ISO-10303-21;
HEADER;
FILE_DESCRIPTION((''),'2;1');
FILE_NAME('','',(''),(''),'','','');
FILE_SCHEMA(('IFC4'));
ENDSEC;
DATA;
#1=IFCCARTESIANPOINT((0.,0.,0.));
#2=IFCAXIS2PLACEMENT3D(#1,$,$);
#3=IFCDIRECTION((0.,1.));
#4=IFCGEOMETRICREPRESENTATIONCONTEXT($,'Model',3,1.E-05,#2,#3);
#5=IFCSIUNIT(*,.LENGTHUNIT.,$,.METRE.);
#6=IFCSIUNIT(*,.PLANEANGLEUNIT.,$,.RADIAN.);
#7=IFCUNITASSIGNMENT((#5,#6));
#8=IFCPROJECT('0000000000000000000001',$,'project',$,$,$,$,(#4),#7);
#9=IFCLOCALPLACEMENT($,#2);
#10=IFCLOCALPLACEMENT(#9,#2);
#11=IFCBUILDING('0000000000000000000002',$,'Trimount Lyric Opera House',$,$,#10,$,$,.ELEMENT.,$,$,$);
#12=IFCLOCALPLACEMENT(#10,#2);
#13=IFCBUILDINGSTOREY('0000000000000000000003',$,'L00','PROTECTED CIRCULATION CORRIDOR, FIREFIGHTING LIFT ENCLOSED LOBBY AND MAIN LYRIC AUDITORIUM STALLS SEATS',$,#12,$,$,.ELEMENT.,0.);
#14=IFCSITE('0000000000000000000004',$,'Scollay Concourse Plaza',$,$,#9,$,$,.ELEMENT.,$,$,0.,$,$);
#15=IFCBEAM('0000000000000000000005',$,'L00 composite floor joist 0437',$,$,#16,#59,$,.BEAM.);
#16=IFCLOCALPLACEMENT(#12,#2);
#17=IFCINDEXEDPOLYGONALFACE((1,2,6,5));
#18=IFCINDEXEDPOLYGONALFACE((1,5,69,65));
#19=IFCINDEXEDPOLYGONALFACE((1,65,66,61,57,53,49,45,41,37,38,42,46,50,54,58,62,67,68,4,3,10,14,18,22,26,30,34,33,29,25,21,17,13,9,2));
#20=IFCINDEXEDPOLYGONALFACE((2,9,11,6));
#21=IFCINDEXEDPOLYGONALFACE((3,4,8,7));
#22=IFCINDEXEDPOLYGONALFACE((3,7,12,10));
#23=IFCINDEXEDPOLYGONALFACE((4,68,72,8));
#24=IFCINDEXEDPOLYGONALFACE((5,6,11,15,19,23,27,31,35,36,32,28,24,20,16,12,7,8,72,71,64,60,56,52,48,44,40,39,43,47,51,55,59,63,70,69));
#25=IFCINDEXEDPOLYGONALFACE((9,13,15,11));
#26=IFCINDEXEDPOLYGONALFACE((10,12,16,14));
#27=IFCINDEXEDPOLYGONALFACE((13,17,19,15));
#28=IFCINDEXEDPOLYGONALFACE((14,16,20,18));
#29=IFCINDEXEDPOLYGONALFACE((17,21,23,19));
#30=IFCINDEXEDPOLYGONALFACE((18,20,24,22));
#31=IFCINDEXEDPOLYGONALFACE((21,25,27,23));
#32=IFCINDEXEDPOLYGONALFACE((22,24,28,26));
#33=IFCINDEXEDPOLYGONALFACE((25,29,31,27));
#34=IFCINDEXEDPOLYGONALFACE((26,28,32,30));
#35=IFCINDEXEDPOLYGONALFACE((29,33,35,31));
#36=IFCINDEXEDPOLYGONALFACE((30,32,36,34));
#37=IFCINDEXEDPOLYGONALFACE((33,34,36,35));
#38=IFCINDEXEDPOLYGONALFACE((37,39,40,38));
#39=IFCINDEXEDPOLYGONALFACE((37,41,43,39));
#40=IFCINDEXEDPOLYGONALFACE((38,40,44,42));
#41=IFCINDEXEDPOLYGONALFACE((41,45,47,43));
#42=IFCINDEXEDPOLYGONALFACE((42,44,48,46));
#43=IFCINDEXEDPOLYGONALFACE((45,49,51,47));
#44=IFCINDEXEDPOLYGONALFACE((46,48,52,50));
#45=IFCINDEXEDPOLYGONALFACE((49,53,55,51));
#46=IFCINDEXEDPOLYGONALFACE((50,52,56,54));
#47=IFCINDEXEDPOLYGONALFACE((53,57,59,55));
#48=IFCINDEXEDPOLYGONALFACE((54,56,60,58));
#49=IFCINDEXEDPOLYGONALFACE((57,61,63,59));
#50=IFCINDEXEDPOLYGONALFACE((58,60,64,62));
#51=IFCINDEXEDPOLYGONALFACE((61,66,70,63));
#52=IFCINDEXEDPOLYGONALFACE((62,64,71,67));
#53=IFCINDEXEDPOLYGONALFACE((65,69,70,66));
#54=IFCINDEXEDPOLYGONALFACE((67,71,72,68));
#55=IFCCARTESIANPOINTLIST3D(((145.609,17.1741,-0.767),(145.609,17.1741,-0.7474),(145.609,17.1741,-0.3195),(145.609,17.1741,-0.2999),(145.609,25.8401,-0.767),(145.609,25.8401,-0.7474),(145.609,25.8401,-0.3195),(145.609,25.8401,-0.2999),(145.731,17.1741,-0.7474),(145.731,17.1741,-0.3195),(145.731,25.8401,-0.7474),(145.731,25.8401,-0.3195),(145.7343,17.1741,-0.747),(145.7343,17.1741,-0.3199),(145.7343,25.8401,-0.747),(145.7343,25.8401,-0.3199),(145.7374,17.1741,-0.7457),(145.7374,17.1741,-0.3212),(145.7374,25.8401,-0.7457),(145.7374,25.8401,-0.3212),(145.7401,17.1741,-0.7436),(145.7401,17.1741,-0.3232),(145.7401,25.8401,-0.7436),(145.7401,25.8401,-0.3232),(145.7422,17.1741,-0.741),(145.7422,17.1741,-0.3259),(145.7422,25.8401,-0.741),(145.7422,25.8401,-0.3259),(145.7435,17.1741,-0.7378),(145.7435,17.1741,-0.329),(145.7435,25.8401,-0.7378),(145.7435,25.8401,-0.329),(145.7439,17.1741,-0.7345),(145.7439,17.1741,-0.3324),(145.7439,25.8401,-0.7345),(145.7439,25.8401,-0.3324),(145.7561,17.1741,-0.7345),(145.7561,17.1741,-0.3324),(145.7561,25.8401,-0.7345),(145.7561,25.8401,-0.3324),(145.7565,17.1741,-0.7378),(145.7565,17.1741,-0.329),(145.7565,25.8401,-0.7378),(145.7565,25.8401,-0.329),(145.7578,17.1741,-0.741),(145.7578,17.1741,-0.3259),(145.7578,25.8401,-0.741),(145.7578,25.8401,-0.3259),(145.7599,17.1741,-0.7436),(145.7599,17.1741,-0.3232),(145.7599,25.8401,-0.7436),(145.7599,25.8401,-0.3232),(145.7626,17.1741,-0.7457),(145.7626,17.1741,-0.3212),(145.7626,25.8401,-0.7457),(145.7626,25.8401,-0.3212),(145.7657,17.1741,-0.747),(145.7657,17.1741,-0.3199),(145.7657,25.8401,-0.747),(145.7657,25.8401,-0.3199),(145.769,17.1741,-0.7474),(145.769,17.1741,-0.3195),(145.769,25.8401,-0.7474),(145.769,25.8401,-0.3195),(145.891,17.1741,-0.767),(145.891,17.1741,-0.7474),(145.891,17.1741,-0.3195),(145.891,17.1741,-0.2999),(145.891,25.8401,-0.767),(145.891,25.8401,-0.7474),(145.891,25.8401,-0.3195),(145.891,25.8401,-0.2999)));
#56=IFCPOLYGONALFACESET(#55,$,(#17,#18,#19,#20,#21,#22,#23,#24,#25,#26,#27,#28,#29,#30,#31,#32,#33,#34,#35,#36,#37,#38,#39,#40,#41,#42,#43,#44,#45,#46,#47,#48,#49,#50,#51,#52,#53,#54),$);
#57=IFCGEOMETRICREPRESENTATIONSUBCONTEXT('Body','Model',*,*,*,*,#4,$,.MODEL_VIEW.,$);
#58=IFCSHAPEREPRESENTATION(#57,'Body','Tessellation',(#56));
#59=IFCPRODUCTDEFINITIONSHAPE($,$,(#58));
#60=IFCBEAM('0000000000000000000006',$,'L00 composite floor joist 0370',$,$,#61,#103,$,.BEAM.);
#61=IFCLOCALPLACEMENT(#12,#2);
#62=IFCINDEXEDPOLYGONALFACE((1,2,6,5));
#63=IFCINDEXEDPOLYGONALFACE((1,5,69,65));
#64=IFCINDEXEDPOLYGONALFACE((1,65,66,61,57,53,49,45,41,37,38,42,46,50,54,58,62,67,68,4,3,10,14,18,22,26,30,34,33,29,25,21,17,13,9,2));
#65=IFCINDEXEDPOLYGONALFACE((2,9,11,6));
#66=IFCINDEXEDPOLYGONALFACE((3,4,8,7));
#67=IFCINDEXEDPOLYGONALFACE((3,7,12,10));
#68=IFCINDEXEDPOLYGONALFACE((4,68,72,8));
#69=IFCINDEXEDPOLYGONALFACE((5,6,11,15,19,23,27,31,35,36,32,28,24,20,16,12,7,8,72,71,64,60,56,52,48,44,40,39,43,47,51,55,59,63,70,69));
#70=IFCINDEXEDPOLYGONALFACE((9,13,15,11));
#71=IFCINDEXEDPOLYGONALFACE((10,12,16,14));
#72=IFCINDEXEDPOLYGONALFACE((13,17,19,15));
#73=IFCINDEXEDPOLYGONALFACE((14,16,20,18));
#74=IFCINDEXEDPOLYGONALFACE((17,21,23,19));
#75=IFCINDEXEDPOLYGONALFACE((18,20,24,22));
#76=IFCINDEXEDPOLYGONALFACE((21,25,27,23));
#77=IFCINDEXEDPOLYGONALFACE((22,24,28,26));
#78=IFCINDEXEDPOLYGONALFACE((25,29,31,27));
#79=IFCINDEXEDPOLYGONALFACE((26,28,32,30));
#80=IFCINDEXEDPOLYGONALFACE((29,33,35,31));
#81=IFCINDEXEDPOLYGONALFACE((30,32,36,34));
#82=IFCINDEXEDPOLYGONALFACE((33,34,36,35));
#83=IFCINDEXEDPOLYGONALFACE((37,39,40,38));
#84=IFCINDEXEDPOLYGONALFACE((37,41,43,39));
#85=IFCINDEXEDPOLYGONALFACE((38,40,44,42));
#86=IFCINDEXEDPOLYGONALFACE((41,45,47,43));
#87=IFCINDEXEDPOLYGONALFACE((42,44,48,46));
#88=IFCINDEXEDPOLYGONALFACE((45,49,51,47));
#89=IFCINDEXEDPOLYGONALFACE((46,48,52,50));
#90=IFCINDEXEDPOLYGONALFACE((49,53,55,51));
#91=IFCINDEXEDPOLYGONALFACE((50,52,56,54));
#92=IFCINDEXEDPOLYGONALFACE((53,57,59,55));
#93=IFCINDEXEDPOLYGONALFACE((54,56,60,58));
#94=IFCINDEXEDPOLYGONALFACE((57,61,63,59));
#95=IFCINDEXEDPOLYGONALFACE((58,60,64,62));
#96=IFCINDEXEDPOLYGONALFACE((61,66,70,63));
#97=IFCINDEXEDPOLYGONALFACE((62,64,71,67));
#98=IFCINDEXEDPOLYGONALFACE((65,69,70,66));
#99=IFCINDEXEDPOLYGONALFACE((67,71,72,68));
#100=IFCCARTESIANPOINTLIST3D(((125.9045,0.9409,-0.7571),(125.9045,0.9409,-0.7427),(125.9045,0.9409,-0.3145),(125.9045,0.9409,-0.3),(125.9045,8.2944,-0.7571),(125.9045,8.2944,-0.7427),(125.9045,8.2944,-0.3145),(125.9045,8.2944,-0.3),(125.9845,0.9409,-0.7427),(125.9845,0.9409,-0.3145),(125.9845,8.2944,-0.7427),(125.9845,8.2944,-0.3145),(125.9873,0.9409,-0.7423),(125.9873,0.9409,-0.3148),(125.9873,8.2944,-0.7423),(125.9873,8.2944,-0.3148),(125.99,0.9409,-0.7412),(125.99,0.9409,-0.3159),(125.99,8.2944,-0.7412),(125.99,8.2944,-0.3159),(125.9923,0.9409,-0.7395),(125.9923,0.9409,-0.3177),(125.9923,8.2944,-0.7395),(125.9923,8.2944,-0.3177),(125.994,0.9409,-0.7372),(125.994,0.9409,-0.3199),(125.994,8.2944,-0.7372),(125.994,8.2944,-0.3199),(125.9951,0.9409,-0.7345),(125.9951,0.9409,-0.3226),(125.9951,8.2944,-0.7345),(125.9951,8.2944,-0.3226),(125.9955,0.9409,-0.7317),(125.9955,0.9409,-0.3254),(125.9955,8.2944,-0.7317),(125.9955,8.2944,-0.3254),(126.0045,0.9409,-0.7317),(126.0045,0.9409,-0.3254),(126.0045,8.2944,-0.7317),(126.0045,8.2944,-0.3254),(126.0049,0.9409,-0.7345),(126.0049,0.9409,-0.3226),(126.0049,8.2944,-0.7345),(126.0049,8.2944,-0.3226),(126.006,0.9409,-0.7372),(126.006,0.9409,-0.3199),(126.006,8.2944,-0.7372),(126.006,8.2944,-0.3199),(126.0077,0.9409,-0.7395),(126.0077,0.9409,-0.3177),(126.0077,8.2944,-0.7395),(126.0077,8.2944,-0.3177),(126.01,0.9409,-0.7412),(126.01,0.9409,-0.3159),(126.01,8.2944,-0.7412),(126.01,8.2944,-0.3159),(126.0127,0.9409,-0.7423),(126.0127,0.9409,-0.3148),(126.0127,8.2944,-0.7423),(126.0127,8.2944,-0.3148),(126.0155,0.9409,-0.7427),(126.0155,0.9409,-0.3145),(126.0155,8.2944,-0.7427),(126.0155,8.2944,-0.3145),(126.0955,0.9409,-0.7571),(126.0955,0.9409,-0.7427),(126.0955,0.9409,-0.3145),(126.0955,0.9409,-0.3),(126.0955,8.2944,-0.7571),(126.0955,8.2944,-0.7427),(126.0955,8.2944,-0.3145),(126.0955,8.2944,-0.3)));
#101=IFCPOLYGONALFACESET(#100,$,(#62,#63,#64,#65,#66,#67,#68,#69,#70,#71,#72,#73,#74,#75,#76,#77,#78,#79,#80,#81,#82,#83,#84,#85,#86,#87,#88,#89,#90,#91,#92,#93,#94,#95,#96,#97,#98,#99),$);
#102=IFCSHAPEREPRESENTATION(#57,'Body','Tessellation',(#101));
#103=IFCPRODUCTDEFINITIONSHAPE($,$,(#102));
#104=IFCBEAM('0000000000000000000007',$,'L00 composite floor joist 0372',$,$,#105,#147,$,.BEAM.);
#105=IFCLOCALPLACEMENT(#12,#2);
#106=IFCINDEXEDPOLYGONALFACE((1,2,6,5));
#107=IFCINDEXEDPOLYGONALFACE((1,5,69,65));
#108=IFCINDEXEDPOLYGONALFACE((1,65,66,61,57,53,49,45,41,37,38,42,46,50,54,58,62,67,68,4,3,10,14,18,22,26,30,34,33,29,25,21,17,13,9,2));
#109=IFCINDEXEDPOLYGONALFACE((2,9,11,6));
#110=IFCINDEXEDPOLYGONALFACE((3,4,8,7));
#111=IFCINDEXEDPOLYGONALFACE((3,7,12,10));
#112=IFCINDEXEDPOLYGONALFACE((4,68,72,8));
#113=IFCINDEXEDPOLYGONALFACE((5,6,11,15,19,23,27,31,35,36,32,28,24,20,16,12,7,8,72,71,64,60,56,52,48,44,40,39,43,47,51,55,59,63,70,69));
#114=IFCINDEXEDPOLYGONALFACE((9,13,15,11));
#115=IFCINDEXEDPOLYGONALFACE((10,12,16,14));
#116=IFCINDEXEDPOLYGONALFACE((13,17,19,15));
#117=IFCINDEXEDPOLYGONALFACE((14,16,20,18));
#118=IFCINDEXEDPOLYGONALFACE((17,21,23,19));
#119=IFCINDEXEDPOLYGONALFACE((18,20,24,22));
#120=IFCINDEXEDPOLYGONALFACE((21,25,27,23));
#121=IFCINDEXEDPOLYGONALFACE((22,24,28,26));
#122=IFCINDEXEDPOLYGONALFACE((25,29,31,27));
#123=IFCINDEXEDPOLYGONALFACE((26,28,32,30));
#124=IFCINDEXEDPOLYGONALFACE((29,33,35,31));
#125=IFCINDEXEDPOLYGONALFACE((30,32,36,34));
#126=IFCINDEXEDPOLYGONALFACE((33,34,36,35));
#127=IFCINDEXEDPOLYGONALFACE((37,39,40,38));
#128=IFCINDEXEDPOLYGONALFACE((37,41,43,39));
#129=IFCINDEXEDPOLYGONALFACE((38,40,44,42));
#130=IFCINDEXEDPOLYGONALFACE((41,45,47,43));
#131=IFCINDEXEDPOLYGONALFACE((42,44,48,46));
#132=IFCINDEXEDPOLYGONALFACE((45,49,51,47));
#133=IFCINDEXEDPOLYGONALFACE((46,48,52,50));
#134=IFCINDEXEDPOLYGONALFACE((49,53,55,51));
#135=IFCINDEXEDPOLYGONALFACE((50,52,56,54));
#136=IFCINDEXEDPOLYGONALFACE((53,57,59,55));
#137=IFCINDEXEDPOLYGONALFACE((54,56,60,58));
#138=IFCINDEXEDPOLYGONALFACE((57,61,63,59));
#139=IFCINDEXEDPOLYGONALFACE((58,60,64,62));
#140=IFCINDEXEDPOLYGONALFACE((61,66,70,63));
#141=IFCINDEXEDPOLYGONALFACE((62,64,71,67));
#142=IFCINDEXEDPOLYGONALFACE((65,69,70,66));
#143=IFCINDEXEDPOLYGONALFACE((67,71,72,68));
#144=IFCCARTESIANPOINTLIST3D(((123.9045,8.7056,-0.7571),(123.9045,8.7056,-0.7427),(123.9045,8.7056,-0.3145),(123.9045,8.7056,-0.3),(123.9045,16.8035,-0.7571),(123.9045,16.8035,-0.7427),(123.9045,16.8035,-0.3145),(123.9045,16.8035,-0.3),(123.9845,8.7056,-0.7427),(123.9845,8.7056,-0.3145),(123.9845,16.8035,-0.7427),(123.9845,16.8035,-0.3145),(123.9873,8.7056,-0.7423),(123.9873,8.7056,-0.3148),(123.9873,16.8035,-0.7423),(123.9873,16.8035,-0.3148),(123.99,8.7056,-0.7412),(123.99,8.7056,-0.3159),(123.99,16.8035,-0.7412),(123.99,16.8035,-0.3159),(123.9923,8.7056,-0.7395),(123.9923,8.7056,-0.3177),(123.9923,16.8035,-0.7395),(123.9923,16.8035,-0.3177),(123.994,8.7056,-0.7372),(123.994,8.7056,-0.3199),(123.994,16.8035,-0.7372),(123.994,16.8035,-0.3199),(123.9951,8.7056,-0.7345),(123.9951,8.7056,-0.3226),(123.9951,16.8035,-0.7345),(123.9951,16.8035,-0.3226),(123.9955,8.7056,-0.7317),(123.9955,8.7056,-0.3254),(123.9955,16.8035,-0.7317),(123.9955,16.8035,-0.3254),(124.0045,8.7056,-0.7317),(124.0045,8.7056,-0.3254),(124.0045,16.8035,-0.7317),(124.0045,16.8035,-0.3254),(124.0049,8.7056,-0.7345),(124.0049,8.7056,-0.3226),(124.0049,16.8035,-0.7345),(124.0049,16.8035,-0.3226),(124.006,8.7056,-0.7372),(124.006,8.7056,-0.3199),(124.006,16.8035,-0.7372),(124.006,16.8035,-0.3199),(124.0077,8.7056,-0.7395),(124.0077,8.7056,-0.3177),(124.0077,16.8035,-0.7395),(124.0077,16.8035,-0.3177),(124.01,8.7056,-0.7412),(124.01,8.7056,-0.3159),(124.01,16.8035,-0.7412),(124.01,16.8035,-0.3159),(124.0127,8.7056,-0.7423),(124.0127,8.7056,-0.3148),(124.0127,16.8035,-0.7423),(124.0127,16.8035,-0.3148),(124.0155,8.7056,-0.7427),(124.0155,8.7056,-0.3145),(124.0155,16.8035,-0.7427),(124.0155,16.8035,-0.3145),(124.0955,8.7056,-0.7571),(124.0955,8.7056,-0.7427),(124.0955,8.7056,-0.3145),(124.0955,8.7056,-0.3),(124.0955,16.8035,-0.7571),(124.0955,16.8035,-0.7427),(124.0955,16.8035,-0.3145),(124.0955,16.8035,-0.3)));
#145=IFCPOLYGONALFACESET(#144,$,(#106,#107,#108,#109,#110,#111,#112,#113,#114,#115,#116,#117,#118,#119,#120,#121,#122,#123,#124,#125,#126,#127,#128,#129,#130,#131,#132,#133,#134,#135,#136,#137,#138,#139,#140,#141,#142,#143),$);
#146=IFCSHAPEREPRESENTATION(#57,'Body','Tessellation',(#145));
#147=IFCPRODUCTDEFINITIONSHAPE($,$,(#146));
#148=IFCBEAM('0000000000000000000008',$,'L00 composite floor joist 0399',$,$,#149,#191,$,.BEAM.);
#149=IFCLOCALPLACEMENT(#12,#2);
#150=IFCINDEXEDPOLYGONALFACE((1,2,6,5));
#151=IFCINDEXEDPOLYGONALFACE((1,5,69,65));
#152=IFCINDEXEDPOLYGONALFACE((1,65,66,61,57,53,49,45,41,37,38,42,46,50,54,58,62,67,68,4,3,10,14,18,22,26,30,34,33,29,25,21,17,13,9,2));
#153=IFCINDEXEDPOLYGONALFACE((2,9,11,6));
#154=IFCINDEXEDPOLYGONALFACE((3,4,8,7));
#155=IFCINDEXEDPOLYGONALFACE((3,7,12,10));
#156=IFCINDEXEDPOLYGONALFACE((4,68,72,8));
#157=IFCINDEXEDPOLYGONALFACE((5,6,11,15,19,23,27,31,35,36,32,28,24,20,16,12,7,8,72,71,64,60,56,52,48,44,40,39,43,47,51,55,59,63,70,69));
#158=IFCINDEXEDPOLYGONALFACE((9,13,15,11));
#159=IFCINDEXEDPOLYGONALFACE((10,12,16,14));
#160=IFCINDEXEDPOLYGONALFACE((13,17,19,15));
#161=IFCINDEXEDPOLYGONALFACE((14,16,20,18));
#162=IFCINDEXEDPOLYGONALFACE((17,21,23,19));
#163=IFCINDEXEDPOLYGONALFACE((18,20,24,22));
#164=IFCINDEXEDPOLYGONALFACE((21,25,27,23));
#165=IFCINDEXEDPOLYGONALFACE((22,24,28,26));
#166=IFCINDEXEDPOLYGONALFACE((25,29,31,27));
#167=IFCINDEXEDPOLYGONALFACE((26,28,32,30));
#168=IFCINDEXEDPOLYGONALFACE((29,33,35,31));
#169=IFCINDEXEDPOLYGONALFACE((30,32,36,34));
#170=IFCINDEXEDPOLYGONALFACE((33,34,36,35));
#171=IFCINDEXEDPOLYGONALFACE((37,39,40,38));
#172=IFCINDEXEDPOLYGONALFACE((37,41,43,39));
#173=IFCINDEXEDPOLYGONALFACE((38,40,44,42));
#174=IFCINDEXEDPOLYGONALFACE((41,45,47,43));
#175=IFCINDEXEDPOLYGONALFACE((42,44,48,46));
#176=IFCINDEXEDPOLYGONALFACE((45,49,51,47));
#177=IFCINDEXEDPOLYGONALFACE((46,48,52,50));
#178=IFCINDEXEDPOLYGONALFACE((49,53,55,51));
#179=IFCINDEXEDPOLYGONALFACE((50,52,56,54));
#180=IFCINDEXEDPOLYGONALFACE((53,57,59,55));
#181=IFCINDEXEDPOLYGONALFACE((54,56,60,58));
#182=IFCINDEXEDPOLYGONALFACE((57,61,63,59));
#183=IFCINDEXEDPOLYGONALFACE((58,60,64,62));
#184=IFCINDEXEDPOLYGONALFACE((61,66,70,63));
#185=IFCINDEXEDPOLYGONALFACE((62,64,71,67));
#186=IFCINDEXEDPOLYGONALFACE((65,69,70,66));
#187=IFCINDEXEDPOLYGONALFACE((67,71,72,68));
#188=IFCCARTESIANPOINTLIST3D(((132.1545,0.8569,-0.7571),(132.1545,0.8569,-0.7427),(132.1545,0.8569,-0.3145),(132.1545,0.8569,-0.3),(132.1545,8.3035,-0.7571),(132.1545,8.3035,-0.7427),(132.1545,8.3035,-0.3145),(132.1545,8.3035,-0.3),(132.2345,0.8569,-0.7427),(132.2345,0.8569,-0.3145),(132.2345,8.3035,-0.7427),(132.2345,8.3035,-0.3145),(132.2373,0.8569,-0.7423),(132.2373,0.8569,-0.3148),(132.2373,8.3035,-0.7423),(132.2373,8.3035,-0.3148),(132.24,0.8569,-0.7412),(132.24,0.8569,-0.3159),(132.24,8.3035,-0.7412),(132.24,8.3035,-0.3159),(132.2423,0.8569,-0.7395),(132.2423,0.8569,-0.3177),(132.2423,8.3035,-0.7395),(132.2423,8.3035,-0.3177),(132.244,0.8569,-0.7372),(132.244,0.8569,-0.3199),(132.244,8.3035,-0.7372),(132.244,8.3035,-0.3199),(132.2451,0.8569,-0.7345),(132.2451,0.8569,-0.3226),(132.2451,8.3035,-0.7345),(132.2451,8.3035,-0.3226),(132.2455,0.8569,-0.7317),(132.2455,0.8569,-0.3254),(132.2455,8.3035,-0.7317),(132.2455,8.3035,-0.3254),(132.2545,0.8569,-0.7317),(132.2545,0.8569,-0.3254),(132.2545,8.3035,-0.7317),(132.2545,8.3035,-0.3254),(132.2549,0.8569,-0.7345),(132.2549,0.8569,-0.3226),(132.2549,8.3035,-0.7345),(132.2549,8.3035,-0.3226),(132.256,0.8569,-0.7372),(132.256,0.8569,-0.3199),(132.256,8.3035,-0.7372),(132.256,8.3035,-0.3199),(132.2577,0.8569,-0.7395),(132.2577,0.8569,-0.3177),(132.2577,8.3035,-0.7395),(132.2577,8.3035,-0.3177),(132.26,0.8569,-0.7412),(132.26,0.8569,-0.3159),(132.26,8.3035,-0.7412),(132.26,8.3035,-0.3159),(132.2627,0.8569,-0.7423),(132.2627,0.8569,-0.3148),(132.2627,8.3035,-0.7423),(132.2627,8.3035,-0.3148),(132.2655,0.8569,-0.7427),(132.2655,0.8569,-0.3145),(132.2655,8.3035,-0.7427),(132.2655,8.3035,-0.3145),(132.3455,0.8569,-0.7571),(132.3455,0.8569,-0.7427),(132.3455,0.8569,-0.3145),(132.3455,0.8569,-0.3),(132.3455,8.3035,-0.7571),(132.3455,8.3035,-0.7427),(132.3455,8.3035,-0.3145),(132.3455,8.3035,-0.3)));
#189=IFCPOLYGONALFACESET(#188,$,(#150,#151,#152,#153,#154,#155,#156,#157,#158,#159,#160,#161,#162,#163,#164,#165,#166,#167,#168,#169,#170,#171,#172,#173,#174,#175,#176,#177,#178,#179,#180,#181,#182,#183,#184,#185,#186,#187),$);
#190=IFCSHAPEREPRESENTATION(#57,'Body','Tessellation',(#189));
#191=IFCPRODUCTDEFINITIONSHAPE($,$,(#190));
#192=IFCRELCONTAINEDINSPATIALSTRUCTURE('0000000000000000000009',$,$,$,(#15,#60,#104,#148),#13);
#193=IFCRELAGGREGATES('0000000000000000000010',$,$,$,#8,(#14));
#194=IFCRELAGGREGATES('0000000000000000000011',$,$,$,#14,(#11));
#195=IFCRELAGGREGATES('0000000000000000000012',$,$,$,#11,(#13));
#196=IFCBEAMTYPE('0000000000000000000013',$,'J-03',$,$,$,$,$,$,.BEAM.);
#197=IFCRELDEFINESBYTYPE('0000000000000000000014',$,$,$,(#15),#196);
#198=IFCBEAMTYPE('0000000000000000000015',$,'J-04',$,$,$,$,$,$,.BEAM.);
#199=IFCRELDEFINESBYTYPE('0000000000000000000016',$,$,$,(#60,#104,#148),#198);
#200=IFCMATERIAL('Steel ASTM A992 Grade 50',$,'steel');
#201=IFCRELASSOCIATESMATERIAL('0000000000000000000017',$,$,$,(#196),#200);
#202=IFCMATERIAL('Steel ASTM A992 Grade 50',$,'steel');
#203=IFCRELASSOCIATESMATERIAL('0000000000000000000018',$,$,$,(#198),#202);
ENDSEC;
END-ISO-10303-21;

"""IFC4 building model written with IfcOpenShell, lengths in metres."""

from ifc_helpers import new_model, si_unit, direction, frame, origin, origin_2d, place, context, subcontext, project, spatial, i_section, extrude, material, material_profile, profile_set, type_object, element, save


model = new_model("IFC4")

# Units and contexts
model_context = context("Model", 3, precision=1e-05, world=origin(), true_north=direction((0.0, 1.0)))
body_context = subcontext(model_context, "Body", "Model", "MODEL_VIEW")
ifc_project = project(units=[si_unit("LENGTHUNIT", "METRE"), si_unit("PLANEANGLEUNIT", "RADIAN")], contexts=[model_context])

# Site, building, storey
site_placement = place(None, origin())
site = spatial("IfcSite", under=ifc_project, at=site_placement, Name="Scollay Concourse Plaza", CompositionType="ELEMENT", RefElevation=0.0)
building_placement = place(site_placement, origin())
building = spatial("IfcBuilding", under=site, at=building_placement, Name="Trimount Lyric Opera House", CompositionType="ELEMENT")
storey_placement = place(building_placement, origin())
storey = spatial("IfcBuildingStorey", under=building, at=storey_placement, Name="L00", Description="PROTECTED CIRCULATION CORRIDOR, FIREFIGHTING LIFT ENCLOSED LOBBY AND MAIN LYRIC AUDITORIUM STALLS SEATS", CompositionType="ELEMENT", Elevation=0.0)

# Beams
ifc_material_1 = material(Name="Steel ASTM A992 Grade 50", Category="steel")
ifc_material_profile_1 = material_profile(ifc_material_1, i_section(OverallWidth=0.282, OverallDepth=0.467, WebThickness=0.0122, FlangeThickness=0.0195, FilletRadius=0.0129, at=origin_2d()), Name="W18X86")
ifc_profile_set_1 = profile_set([ifc_material_profile_1], Name="Steel ASTM A992 Grade 50")
beam_type_1 = type_object("IfcBeamType", Name="J-03", PredefinedType="BEAM", material=ifc_profile_set_1)
beam_1_placement = place(storey_placement, frame((145.75, 17.1741, -0.5334), z_axis=(0.0, 1.0, 0.0), x_axis=(-1.0, 0.0, 0.0)))
element("IfcBeam", 1, at=beam_1_placement, inside=storey, type_object=beam_type_1, Name="L00 composite floor joist 0437", PredefinedType="BEAM", context=body_context, shape_type="SweptSolid", body=[
    extrude(i_section(OverallWidth=0.282, OverallDepth=0.467, WebThickness=0.0122, FlangeThickness=0.0195, FilletRadius=0.0129, at=origin_2d()), origin(), (0.0, 0.0, 1.0), 8.666),
])
ifc_material_2 = material(Name="Steel ASTM A992 Grade 50", Category="steel")
ifc_material_profile_2 = material_profile(ifc_material_2, i_section(OverallWidth=0.1909, OverallDepth=0.457, WebThickness=0.009, FlangeThickness=0.0144, FilletRadius=0.011, at=origin_2d()), Name="W18X50")
ifc_profile_set_2 = profile_set([ifc_material_profile_2], Name="Steel ASTM A992 Grade 50")
beam_type_2 = type_object("IfcBeamType", Name="J-04", PredefinedType="BEAM", material=ifc_profile_set_2)
beam_2_placement = place(storey_placement, frame((126.0, 0.9409, -0.5286), z_axis=(0.0, 1.0, 0.0), x_axis=(-1.0, 0.0, 0.0)))
element("IfcBeam", 2, at=beam_2_placement, inside=storey, type_object=beam_type_2, Name="L00 composite floor joist 0370", PredefinedType="BEAM", context=body_context, shape_type="SweptSolid", body=[
    extrude(i_section(OverallWidth=0.1909, OverallDepth=0.457, WebThickness=0.009, FlangeThickness=0.0144, FilletRadius=0.011, at=origin_2d()), origin(), (0.0, 0.0, 1.0), 7.3535),
])
beam_3_placement = place(storey_placement, frame((124.0, 8.7056, -0.5286), z_axis=(0.0, 1.0, 0.0), x_axis=(-1.0, 0.0, 0.0)))
element("IfcBeam", 3, at=beam_3_placement, inside=storey, type_object=beam_type_2, Name="L00 composite floor joist 0372", PredefinedType="BEAM", context=body_context, shape_type="SweptSolid", body=[
    extrude(i_section(OverallWidth=0.1909, OverallDepth=0.457, WebThickness=0.009, FlangeThickness=0.0144, FilletRadius=0.011, at=origin_2d()), origin(), (0.0, 0.0, 1.0), 8.0979),
])
beam_4_placement = place(storey_placement, frame((132.25, 0.8569, -0.5286), z_axis=(0.0, 1.0, 0.0), x_axis=(-1.0, 0.0, 0.0)))
element("IfcBeam", 4, at=beam_4_placement, inside=storey, type_object=beam_type_2, Name="L00 composite floor joist 0399", PredefinedType="BEAM", context=body_context, shape_type="SweptSolid", body=[
    extrude(i_section(OverallWidth=0.1909, OverallDepth=0.457, WebThickness=0.009, FlangeThickness=0.0144, FilletRadius=0.011, at=origin_2d()), origin(), (0.0, 0.0, 1.0), 7.4465),
])

save(model, "model.ifc")
